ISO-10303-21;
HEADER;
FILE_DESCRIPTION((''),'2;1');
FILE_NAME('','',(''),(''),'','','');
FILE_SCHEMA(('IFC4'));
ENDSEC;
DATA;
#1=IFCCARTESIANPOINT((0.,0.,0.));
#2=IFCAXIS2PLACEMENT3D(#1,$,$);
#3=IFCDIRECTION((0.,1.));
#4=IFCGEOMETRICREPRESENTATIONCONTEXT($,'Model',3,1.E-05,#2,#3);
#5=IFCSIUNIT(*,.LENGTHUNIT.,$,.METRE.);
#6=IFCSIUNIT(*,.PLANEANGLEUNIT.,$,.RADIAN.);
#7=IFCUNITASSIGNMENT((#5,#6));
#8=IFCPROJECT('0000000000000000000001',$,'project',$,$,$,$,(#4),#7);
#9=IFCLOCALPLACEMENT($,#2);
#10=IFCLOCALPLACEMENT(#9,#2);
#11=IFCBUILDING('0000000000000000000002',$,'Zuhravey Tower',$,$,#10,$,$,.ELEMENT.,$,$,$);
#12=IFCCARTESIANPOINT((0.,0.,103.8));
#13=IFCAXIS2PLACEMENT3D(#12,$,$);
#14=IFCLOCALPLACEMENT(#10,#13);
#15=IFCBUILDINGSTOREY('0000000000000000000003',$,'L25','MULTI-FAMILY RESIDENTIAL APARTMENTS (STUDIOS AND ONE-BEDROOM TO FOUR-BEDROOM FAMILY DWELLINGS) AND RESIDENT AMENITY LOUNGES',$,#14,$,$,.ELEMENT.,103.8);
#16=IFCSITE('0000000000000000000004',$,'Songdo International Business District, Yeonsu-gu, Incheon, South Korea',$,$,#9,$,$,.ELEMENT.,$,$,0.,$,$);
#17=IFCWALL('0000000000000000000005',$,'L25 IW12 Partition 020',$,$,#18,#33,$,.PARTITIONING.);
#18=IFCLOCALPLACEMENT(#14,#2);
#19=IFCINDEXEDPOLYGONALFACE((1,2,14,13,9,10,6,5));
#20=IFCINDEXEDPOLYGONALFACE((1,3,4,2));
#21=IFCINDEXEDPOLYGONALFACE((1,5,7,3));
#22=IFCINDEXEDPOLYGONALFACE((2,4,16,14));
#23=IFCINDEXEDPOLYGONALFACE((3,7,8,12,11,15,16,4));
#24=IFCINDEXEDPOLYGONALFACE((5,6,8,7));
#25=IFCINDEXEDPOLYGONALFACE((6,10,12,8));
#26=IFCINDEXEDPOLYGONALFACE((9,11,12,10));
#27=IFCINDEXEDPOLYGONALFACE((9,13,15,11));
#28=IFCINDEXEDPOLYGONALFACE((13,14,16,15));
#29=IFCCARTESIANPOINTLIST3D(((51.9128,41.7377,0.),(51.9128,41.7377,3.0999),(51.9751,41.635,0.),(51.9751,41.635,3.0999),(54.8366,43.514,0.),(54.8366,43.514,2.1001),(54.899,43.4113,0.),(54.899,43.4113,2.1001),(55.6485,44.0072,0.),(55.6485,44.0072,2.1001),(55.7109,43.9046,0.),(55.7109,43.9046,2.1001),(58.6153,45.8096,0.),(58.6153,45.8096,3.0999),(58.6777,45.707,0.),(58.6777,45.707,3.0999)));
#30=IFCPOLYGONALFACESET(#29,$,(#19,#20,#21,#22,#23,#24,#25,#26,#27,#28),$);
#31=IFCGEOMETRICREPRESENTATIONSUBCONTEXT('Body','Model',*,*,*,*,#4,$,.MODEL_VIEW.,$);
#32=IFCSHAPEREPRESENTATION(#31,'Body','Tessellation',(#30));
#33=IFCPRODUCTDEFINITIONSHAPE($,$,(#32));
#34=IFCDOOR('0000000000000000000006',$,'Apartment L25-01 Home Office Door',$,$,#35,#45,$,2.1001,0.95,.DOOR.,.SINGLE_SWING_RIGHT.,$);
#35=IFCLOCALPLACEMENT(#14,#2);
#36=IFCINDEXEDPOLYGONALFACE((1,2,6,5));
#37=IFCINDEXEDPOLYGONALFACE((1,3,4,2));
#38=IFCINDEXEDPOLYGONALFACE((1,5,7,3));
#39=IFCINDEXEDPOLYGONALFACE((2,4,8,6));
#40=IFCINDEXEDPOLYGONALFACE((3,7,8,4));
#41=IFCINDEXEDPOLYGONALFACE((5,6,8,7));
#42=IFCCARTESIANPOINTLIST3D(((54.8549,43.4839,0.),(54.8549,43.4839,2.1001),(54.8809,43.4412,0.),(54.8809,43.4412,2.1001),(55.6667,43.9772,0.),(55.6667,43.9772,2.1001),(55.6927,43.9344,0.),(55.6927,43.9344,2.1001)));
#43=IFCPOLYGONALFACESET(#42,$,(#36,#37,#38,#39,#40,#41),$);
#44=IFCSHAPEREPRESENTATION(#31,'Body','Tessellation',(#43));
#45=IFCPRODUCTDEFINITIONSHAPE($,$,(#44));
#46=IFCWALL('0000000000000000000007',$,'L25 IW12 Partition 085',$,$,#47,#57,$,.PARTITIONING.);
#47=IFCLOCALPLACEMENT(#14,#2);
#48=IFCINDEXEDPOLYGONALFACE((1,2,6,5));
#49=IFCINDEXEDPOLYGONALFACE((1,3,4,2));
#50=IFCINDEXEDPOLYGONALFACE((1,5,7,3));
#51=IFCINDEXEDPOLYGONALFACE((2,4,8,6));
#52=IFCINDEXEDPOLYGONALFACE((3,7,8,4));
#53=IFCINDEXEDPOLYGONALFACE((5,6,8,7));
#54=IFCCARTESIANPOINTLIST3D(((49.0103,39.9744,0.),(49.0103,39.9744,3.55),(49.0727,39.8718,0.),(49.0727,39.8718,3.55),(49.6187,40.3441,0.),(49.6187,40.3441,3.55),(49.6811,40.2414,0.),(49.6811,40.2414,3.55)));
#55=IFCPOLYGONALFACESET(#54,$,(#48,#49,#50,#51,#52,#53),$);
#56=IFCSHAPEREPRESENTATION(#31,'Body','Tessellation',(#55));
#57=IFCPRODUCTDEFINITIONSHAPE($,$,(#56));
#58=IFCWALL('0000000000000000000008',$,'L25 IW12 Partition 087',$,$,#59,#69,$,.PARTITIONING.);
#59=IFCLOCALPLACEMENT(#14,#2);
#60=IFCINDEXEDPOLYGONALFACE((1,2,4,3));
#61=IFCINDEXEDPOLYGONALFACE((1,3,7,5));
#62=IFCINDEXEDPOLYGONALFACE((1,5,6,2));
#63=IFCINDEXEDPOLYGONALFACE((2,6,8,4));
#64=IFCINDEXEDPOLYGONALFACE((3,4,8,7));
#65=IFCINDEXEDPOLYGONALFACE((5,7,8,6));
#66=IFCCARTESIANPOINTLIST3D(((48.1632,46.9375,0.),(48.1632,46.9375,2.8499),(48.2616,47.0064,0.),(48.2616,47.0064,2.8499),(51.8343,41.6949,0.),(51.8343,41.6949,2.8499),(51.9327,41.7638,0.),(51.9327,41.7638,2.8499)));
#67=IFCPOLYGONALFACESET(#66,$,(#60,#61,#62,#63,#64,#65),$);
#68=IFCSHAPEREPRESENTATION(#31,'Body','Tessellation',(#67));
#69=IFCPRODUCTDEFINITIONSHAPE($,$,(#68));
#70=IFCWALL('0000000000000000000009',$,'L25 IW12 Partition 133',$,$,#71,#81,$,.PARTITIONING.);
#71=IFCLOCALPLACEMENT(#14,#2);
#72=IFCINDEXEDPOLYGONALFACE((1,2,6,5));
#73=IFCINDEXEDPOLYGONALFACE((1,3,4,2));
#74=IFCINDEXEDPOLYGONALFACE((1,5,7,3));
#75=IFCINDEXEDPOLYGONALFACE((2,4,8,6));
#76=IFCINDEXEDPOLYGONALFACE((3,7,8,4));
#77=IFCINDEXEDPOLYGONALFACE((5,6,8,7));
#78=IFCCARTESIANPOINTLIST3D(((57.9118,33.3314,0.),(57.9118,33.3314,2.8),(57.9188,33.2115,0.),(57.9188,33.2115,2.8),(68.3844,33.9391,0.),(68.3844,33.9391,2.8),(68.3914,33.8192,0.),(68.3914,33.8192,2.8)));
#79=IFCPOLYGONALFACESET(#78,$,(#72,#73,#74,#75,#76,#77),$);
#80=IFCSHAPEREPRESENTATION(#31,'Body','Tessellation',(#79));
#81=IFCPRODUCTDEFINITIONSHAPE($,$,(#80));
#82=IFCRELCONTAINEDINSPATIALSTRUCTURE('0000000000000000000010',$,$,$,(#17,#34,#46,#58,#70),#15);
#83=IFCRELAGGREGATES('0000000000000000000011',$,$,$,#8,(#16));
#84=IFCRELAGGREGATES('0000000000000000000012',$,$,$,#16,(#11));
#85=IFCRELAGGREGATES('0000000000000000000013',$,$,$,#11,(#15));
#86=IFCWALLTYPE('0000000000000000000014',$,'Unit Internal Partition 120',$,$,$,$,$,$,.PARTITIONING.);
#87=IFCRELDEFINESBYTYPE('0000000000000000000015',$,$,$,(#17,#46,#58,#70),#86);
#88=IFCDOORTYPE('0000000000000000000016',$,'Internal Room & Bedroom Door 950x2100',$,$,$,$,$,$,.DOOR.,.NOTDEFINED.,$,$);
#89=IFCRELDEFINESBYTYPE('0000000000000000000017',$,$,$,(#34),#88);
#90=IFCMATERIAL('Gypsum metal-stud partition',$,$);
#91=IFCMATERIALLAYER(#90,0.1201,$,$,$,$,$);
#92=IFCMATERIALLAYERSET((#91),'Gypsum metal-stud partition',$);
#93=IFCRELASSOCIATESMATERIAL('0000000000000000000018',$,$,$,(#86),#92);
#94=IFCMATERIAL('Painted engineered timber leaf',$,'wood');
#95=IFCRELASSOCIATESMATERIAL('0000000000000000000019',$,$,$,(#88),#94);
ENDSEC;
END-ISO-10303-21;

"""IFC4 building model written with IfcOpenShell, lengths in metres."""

from ifc_helpers import new_model, si_unit, direction, frame, frame_2d, origin, place, context, subcontext, project, spatial, rectangle, extrude, material, layer, layer_set, type_object, element, fill, save


model = new_model("IFC4")

# Units and contexts
model_context = context("Model", 3, precision=1e-05, world=origin(), true_north=direction((0.0, 1.0)))
body_context = subcontext(model_context, "Body", "Model", "MODEL_VIEW")
ifc_project = project(units=[si_unit("LENGTHUNIT", "METRE"), si_unit("PLANEANGLEUNIT", "RADIAN")], contexts=[model_context])

# Site, building, storey
site_placement = place(None, origin())
site = spatial("IfcSite", under=ifc_project, at=site_placement, Name="Songdo International Business District, Yeonsu-gu, Incheon, South Korea", CompositionType="ELEMENT", RefElevation=0.0)
building_placement = place(site_placement, origin())
building = spatial("IfcBuilding", under=site, at=building_placement, Name="Zuhravey Tower", CompositionType="ELEMENT")
storey_placement = place(building_placement, frame((0.0, 0.0, 103.8)))
storey = spatial("IfcBuildingStorey", under=building, at=storey_placement, Name="L25", Description="MULTI-FAMILY RESIDENTIAL APARTMENTS (STUDIOS AND ONE-BEDROOM TO FOUR-BEDROOM FAMILY DWELLINGS) AND RESIDENT AMENITY LOUNGES", CompositionType="ELEMENT", Elevation=103.8)

# Wall, opening, door
ifc_material_1 = material(Name="Gypsum metal-stud partition")
ifc_layer_1 = layer(ifc_material_1, 0.1201)
ifc_layer_set_1 = layer_set([ifc_layer_1], Name="Gypsum metal-stud partition")
wall_type_1 = type_object("IfcWallType", Name="Unit Internal Partition 120", PredefinedType="PARTITIONING", material=ifc_layer_set_1)
wall_1_placement = place(storey_placement, frame((51.9438, 41.6863, 0.0), z_axis=(0.0, 0.0, 1.0), x_axis=(0.854642, 0.519217, 0.0)))
wall_1 = element("IfcWall", 1, at=wall_1_placement, inside=storey, type_object=wall_type_1, Name="L25 IW12 Partition 020", PredefinedType="PARTITIONING", context=body_context, shape_type="SweptSolid", body=[
    extrude(rectangle(XDim=7.8425, YDim=0.1201, at=frame_2d((3.9214, 0.0))), origin(), (0.0, 0.0, 1.0), 3.0999),
])
opening_1_placement = place(wall_1_placement, frame((3.4211, 0.0, 0.0)))
opening_1 = element("IfcOpeningElement", 2, at=opening_1_placement, cuts=wall_1, PredefinedType="OPENING", context=body_context, shape_type="SweptSolid", body=[
    extrude(rectangle(XDim=0.95, YDim=2.1001, at=frame_2d((0.4751, 1.05))), frame((0.0, 0.072, 0.0), z_axis=(0.0, -1.0, 0.0), x_axis=(1.0, 0.0, 0.0)), (0.0, 0.0, 1.0), 0.144),
])
ifc_material_2 = material(Name="Painted engineered timber leaf", Category="wood")
door_type_1 = type_object("IfcDoorType", Name="Internal Room & Bedroom Door 950x2100", OperationType="NOTDEFINED", PredefinedType="DOOR", material=ifc_material_2)
door_1_placement = place(opening_1_placement, origin())
door_1 = element("IfcDoor", 3, at=door_1_placement, inside=storey, type_object=door_type_1, Name="Apartment L25-01 Home Office Door", OperationType="SINGLE_SWING_RIGHT", OverallHeight=2.1001, OverallWidth=0.95, PredefinedType="DOOR", context=body_context, shape_type="SweptSolid", body=[
    extrude(rectangle(XDim=0.95, YDim=2.1001, at=frame_2d((0.4751, 1.05))), frame((0.0, 0.0249, 0.0), z_axis=(0.0, -1.0, 0.0), x_axis=(1.0, 0.0, 0.0)), (0.0, 0.0, 1.0), 0.05),
])
fill(opening_1, door_1)

# Walls
wall_2_placement = place(storey_placement, frame((49.0415, 39.9231, 0.0), z_axis=(0.0, 0.0, 1.0), x_axis=(0.854635, 0.519229, 0.0)))
element("IfcWall", 4, at=wall_2_placement, inside=storey, type_object=wall_type_1, Name="L25 IW12 Partition 085", PredefinedType="PARTITIONING", context=body_context, shape_type="SweptSolid", body=[
    extrude(rectangle(XDim=0.7119, YDim=0.1201, at=frame_2d((0.356, 0.0))), origin(), (0.0, 0.0, 1.0), 3.55),
])
wall_3_placement = place(storey_placement, frame((51.8835, 41.7292, 0.0), z_axis=(0.0, 0.0, 1.0), x_axis=(-0.573595, 0.819139, 0.0)))
element("IfcWall", 5, at=wall_3_placement, inside=storey, type_object=wall_type_1, Name="L25 IW12 Partition 087", PredefinedType="PARTITIONING", context=body_context, shape_type="SweptSolid", body=[
    extrude(rectangle(XDim=6.4001, YDim=0.1201, at=frame_2d((3.2002, 0.0))), origin(), (0.0, 0.0, 1.0), 2.8499),
])
wall_4_placement = place(storey_placement, frame((57.9153, 33.2715, 0.0), z_axis=(0.0, 0.0, 1.0), x_axis=(0.998321, 0.057927, 0.0)))
element("IfcWall", 6, at=wall_4_placement, inside=storey, type_object=wall_type_1, Name="L25 IW12 Partition 133", PredefinedType="PARTITIONING", context=body_context, shape_type="SweptSolid", body=[
    extrude(rectangle(XDim=10.4902, YDim=0.1201, at=frame_2d((5.2451, 0.0))), origin(), (0.0, 0.0, 1.0), 2.8),
])

save(model, "model.ifc")
